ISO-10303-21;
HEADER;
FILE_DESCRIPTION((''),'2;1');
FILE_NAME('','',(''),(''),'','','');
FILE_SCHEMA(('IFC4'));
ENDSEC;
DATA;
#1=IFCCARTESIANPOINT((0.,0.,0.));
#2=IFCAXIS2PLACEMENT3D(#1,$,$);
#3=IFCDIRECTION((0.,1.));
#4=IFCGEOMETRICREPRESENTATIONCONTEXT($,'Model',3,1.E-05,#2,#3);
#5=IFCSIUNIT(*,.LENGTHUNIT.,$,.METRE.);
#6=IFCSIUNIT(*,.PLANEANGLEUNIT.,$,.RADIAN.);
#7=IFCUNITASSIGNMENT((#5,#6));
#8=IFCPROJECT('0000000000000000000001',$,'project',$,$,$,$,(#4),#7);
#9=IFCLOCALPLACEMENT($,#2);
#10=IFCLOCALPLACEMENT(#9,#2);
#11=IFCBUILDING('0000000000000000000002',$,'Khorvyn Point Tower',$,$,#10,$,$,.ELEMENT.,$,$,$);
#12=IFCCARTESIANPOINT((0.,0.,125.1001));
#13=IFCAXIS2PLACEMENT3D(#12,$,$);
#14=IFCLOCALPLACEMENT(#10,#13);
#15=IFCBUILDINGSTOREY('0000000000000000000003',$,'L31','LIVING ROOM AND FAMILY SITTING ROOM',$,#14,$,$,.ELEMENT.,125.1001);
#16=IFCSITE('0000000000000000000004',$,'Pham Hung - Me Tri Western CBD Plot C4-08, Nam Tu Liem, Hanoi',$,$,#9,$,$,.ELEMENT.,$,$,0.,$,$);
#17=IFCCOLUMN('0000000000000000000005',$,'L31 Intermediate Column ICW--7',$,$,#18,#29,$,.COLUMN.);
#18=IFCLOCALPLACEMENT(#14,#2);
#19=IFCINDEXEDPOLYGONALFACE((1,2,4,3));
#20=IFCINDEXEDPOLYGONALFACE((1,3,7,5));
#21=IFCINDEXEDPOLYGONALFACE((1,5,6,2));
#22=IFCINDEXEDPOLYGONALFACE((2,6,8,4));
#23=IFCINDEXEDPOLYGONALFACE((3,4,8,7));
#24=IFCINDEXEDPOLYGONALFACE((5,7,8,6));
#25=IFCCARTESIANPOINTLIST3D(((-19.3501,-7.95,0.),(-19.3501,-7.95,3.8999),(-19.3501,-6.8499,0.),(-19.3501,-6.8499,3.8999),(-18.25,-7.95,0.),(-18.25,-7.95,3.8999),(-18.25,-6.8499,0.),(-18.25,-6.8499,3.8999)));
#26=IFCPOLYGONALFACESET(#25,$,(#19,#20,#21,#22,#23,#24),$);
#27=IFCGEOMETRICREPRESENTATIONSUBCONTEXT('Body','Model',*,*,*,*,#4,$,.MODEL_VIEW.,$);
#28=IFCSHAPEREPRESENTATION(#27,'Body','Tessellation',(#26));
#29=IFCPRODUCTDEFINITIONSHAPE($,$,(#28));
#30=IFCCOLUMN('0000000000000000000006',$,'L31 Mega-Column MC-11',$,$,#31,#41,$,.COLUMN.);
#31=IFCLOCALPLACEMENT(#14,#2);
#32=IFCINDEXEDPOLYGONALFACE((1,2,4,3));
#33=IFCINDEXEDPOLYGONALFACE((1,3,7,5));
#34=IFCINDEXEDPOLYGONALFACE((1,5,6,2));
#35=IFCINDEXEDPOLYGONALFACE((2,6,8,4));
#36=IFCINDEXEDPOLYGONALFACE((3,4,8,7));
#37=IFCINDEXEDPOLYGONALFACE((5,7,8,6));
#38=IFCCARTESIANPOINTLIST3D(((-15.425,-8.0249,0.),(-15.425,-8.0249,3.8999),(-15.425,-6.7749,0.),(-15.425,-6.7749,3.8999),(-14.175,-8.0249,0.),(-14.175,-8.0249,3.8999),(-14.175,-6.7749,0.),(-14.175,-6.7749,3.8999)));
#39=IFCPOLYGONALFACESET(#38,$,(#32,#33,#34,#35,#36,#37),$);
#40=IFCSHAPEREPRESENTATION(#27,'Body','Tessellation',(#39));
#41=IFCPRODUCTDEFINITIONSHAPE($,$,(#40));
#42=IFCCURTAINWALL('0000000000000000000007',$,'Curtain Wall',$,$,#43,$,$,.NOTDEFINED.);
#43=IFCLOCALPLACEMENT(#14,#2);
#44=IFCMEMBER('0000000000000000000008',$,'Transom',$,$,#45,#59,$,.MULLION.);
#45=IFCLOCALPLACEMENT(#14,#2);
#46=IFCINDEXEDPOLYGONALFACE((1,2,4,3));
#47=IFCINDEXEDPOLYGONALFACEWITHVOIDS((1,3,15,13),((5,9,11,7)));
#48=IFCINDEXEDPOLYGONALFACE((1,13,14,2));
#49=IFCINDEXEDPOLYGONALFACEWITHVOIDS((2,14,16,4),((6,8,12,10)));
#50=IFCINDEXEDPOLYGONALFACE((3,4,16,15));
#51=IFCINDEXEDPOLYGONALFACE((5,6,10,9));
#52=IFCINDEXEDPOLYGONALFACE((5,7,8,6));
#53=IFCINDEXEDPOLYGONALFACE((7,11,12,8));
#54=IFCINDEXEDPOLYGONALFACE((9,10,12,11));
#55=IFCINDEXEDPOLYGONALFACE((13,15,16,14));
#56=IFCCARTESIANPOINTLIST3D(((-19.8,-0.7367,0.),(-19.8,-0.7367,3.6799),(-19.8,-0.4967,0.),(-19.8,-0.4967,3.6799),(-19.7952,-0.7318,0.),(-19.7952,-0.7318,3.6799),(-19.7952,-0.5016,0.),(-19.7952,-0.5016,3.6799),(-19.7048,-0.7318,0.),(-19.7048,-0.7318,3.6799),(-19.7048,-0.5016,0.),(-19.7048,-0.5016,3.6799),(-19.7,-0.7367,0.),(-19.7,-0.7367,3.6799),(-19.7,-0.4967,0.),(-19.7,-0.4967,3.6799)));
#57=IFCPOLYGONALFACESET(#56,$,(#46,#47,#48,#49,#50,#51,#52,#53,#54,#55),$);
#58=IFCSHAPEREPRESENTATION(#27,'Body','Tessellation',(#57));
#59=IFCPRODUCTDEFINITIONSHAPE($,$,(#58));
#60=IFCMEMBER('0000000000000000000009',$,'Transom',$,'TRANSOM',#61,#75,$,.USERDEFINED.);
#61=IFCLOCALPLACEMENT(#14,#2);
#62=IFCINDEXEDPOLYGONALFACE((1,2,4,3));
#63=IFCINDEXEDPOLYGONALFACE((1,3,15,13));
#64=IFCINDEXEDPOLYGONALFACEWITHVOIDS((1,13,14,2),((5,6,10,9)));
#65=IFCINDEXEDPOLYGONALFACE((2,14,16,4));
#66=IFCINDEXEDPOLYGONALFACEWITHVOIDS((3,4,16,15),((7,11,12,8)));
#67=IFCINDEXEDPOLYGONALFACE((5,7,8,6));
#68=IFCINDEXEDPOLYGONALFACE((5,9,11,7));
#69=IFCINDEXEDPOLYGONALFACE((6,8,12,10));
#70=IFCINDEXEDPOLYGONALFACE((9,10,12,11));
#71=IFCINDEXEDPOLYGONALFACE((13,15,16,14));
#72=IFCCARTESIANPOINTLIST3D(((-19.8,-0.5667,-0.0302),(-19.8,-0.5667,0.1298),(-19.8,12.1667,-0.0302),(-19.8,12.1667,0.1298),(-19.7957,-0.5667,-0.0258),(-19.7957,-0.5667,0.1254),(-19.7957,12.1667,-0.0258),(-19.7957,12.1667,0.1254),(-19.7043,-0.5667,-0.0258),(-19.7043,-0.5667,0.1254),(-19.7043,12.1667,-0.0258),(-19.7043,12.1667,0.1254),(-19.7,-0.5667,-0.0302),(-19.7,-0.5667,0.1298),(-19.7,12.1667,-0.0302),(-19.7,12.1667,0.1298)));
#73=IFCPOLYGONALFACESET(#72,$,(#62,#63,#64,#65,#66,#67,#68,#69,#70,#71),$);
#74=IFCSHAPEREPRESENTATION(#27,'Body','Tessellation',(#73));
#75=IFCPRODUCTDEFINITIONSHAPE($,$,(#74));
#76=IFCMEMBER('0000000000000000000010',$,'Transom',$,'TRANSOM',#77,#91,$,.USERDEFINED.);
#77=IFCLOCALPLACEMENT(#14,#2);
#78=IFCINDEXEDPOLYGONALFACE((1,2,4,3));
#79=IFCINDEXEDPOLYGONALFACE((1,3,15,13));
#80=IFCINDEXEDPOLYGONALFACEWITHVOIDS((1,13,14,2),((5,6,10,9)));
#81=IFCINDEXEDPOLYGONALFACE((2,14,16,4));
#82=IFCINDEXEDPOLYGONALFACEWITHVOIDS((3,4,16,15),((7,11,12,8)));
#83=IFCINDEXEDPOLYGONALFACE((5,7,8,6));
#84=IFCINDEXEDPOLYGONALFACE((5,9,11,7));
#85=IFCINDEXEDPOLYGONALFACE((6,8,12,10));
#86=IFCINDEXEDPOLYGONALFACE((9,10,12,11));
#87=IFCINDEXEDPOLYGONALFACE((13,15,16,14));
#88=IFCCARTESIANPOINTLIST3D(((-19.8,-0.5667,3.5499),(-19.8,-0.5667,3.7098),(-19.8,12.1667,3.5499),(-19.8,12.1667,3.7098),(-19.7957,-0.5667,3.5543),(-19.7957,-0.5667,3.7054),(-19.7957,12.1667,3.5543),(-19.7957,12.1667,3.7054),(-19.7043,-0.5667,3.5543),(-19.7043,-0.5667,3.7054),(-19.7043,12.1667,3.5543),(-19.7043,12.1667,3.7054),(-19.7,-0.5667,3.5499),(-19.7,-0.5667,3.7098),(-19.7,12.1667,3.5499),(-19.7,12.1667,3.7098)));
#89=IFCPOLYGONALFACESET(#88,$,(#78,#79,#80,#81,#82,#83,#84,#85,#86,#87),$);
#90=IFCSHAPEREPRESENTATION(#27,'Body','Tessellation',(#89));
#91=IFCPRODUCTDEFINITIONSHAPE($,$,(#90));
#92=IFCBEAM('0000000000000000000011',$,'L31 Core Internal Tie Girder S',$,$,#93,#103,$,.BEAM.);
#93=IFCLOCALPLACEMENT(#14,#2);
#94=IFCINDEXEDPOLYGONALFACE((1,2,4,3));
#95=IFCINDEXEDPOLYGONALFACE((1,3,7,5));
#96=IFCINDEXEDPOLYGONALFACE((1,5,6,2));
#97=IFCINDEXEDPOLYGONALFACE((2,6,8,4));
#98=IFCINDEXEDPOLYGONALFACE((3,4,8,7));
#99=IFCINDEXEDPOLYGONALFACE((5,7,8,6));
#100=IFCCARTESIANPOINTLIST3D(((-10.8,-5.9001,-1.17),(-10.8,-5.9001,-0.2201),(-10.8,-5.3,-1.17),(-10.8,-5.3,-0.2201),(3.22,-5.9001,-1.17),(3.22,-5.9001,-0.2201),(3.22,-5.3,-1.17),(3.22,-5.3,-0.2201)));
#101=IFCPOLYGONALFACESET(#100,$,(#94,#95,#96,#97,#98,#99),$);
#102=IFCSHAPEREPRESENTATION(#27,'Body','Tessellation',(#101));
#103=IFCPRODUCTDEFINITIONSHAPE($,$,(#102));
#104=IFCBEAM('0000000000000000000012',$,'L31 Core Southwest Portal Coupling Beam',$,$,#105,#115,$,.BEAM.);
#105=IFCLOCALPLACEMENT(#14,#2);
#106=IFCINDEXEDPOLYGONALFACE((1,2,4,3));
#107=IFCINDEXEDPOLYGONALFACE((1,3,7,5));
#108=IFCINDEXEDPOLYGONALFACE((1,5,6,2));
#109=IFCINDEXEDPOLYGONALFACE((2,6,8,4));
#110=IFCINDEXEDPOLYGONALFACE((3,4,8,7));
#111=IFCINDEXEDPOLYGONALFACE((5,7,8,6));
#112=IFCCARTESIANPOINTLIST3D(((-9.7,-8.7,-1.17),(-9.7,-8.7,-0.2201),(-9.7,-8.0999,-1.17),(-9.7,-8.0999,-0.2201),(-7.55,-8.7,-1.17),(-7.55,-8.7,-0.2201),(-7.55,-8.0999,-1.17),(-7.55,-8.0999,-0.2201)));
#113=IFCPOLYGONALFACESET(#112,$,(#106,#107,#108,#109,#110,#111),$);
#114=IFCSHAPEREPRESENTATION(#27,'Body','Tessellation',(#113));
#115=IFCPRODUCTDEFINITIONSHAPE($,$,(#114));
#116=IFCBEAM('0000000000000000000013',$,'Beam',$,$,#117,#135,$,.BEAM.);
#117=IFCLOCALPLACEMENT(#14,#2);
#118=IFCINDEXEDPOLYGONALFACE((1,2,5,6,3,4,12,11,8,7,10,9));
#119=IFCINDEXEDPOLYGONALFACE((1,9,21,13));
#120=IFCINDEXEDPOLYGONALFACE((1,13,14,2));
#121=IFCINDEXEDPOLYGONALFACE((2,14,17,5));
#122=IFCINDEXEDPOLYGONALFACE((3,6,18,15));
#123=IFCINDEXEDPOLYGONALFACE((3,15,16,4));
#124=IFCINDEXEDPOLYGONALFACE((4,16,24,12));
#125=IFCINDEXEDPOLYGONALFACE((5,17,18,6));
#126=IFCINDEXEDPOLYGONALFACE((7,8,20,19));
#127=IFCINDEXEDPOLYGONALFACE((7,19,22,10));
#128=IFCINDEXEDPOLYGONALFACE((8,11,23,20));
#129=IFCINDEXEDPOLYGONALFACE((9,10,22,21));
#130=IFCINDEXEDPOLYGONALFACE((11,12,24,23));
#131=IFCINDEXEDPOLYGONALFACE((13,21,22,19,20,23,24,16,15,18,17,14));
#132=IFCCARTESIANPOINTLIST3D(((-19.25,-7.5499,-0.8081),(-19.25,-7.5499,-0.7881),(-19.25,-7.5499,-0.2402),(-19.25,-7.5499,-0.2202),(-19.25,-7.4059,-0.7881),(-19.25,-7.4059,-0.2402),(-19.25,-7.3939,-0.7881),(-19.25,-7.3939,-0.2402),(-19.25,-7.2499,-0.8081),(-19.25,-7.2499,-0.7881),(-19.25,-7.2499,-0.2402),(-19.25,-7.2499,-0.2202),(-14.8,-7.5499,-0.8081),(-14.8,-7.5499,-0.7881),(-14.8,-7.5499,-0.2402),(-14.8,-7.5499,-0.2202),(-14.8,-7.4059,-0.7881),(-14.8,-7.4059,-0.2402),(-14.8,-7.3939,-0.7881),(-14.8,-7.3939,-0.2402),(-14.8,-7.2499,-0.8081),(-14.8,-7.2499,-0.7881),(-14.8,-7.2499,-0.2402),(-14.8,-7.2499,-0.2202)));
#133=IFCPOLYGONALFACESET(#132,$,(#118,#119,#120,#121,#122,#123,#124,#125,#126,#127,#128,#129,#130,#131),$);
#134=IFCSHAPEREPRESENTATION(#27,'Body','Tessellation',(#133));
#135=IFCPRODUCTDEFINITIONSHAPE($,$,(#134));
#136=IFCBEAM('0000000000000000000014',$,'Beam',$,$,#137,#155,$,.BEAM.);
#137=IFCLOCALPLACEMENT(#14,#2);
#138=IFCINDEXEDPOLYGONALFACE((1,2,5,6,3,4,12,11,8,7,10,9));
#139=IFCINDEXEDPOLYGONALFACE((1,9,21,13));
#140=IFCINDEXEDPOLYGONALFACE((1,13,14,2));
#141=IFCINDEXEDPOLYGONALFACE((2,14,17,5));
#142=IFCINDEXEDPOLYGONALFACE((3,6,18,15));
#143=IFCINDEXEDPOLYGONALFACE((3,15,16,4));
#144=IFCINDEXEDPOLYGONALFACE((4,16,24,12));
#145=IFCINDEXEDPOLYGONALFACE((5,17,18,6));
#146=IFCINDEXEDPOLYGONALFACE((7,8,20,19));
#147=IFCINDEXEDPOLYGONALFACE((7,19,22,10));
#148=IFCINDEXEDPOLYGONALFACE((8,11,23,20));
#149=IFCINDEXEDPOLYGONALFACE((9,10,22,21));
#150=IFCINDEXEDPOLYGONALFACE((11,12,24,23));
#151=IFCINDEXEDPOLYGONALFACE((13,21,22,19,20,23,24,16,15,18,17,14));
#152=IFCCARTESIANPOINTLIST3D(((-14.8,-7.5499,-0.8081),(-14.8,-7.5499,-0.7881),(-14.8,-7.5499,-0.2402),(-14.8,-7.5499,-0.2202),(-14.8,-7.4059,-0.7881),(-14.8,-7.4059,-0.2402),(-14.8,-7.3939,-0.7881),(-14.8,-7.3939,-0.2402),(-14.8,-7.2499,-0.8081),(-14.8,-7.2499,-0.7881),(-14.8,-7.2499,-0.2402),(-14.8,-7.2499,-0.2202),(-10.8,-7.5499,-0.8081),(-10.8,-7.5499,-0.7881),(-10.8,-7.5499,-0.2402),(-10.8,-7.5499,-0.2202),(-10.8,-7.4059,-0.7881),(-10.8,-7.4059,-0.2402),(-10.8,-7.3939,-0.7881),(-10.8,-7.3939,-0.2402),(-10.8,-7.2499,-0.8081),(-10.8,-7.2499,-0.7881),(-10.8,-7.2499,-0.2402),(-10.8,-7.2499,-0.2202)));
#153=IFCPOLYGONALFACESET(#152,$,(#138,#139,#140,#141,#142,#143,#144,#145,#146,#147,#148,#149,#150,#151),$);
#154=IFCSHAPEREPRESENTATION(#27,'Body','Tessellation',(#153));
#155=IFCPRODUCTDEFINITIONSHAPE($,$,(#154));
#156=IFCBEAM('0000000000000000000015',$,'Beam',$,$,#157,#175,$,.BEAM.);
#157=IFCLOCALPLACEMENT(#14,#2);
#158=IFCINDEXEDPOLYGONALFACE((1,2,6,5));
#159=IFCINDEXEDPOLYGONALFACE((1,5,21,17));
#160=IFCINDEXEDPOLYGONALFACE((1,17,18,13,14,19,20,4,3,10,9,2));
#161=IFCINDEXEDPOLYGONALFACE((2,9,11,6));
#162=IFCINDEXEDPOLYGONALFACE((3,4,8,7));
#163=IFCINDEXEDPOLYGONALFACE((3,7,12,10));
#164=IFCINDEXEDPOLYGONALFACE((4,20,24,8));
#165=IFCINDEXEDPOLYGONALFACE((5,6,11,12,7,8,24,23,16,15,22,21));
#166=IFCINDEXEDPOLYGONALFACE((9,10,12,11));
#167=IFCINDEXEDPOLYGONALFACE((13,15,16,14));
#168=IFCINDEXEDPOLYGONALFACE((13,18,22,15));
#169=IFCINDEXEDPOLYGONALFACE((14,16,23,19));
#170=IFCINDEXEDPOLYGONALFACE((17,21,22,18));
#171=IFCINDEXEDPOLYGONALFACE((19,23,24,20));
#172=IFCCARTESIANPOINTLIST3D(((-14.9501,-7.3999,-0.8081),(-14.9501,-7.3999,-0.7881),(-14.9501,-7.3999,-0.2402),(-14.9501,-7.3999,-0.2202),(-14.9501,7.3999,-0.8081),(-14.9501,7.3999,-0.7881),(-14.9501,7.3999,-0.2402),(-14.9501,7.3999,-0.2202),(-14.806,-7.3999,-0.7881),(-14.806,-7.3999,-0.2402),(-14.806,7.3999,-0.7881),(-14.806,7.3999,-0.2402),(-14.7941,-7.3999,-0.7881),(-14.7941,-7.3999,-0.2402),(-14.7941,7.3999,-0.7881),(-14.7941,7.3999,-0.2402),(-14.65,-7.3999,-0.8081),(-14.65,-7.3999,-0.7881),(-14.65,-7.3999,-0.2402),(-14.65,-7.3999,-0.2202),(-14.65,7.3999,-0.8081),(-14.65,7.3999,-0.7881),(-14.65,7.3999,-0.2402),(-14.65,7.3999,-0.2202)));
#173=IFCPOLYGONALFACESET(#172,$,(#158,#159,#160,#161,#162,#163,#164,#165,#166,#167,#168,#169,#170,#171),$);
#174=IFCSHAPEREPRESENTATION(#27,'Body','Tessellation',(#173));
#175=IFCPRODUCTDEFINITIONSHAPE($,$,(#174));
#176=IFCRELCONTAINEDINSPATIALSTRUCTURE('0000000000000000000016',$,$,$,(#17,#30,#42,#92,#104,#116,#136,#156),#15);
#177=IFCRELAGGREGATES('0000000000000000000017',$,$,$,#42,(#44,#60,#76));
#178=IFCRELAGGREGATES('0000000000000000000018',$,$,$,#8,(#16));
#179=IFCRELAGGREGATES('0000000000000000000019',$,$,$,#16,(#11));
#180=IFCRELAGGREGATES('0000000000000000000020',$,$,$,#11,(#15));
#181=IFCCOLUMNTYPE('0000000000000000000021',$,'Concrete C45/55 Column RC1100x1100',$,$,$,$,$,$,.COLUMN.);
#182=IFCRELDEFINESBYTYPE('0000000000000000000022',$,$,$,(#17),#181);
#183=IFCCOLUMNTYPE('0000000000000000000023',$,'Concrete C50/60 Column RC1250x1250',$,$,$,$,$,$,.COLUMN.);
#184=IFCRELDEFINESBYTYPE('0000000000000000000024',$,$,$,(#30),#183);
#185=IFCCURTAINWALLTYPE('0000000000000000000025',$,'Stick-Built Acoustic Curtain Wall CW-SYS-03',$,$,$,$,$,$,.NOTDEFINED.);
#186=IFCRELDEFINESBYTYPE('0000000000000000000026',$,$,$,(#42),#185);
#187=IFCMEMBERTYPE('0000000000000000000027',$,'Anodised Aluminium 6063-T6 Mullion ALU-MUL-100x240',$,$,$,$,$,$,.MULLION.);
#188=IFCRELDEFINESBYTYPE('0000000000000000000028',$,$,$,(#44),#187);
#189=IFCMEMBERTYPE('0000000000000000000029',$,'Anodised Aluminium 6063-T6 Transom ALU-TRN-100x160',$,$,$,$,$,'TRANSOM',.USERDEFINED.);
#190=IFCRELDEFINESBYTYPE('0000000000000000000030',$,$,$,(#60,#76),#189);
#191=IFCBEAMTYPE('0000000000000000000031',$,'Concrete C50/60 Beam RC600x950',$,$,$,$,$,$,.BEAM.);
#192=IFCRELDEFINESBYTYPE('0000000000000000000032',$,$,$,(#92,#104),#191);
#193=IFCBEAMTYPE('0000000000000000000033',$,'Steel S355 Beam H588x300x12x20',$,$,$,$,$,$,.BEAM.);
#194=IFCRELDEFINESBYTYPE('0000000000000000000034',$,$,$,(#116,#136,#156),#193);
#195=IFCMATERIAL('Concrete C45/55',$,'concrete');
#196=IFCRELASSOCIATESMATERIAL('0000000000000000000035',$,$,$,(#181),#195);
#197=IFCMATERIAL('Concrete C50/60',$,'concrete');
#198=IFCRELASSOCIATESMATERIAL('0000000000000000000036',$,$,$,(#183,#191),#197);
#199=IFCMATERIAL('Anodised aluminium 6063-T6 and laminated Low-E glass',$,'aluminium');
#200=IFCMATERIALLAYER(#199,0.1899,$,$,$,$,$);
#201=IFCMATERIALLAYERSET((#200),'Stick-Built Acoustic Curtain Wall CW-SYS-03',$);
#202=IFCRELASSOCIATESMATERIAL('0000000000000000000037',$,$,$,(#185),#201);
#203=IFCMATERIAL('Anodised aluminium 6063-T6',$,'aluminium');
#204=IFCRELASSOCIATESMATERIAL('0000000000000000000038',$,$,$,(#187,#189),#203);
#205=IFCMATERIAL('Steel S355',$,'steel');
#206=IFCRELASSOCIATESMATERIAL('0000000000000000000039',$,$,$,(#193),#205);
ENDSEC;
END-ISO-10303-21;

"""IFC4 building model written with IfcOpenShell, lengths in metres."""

from ifc_helpers import new_model, si_unit, direction, frame, origin, origin_2d, place, context, subcontext, project, spatial, rectangle, hollow_rectangle, i_section, extrude, material, layer, layer_set, material_profile, profile_set, type_object, element, aggregate, save


model = new_model("IFC4")

# Units and contexts
model_context = context("Model", 3, precision=1e-05, world=origin(), true_north=direction((0.0, 1.0)))
body_context = subcontext(model_context, "Body", "Model", "MODEL_VIEW")
ifc_project = project(units=[si_unit("LENGTHUNIT", "METRE"), si_unit("PLANEANGLEUNIT", "RADIAN")], contexts=[model_context])

# Site, building, storey
site_placement = place(None, origin())
site = spatial("IfcSite", under=ifc_project, at=site_placement, Name="Pham Hung - Me Tri Western CBD Plot C4-08, Nam Tu Liem, Hanoi", CompositionType="ELEMENT", RefElevation=0.0)
building_placement = place(site_placement, origin())
building = spatial("IfcBuilding", under=site, at=building_placement, Name="Khorvyn Point Tower", CompositionType="ELEMENT")
storey_placement = place(building_placement, frame((0.0, 0.0, 125.1001)))
storey = spatial("IfcBuildingStorey", under=building, at=storey_placement, Name="L31", Description="LIVING ROOM AND FAMILY SITTING ROOM", CompositionType="ELEMENT", Elevation=125.1001)

# Columns
ifc_material_1 = material(Name="Concrete C45/55", Category="concrete")
ifc_material_profile_1 = material_profile(ifc_material_1, rectangle(XDim=1.1001, YDim=1.1001, at=origin_2d()))
ifc_profile_set_1 = profile_set([ifc_material_profile_1], Name="Concrete C45/55 RC1100x1100")
column_type_1 = type_object("IfcColumnType", Name="Concrete C45/55 Column RC1100x1100", PredefinedType="COLUMN", material=ifc_profile_set_1)
column_1_placement = place(storey_placement, frame((-18.8, -7.3999, 0.0), z_axis=(0.0, 0.0, 1.0), x_axis=(1.0, 0.0, 0.0)))
element("IfcColumn", 1, at=column_1_placement, inside=storey, type_object=column_type_1, Name="L31 Intermediate Column ICW--7", PredefinedType="COLUMN", context=body_context, shape_type="SweptSolid", body=[
    extrude(rectangle(XDim=1.1001, YDim=1.1001, at=origin_2d()), origin(), (0.0, 0.0, 1.0), 3.8999),
])
ifc_material_2 = material(Name="Concrete C50/60", Category="concrete")
ifc_material_profile_2 = material_profile(ifc_material_2, rectangle(XDim=1.25, YDim=1.25, at=origin_2d()))
ifc_profile_set_2 = profile_set([ifc_material_profile_2], Name="Concrete C50/60 RC1250x1250")
column_type_2 = type_object("IfcColumnType", Name="Concrete C50/60 Column RC1250x1250", PredefinedType="COLUMN", material=ifc_profile_set_2)
column_2_placement = place(storey_placement, frame((-14.8, -7.3999, 0.0), z_axis=(0.0, 0.0, 1.0), x_axis=(1.0, 0.0, 0.0)))
element("IfcColumn", 2, at=column_2_placement, inside=storey, type_object=column_type_2, Name="L31 Mega-Column MC-11", PredefinedType="COLUMN", context=body_context, shape_type="SweptSolid", body=[
    extrude(rectangle(XDim=1.25, YDim=1.25, at=origin_2d()), origin(), (0.0, 0.0, 1.0), 3.8999),
])

# Curtain wall, members
ifc_material_3 = material(Name="Anodised aluminium 6063-T6 and laminated Low-E glass", Category="aluminium")
ifc_layer_1 = layer(ifc_material_3, 0.1899)
ifc_layer_set_1 = layer_set([ifc_layer_1], Name="Stick-Built Acoustic Curtain Wall CW-SYS-03")
curtain_wall_type = type_object("IfcCurtainWallType", Name="Stick-Built Acoustic Curtain Wall CW-SYS-03", PredefinedType="NOTDEFINED", material=ifc_layer_set_1)
curtain_wall_placement = place(storey_placement, origin())
curtain_wall = element("IfcCurtainWall", 3, at=curtain_wall_placement, inside=storey, type_object=curtain_wall_type, Name="Curtain Wall", PredefinedType="NOTDEFINED")
ifc_material_4 = material(Name="Anodised aluminium 6063-T6", Category="aluminium")
ifc_material_profile_3 = material_profile(ifc_material_4, hollow_rectangle(XDim=0.1001, YDim=0.24, WallThickness=0.0049, at=origin_2d()))
ifc_profile_set_3 = profile_set([ifc_material_profile_3], Name="Anodised aluminium 6063-T6 ALU-MUL-100x240")
member_type_1 = type_object("IfcMemberType", Name="Anodised Aluminium 6063-T6 Mullion ALU-MUL-100x240", PredefinedType="MULLION", material=ifc_profile_set_3)
member_1_placement = place(storey_placement, frame((-19.75, -0.6167, 0.0), z_axis=(0.0, 0.0, 1.0), x_axis=(-1.0, 0.0, 0.0)))
member_1 = element("IfcMember", 4, at=member_1_placement, type_object=member_type_1, Name="Transom", PredefinedType="MULLION", context=body_context, shape_type="SweptSolid", body=[
    extrude(hollow_rectangle(XDim=0.1001, YDim=0.24, WallThickness=0.0049, at=origin_2d()), origin(), (0.0, 0.0, 1.0), 3.6799),
])
ifc_material_profile_4 = material_profile(ifc_material_4, hollow_rectangle(XDim=0.1001, YDim=0.1599, WallThickness=0.0044, at=origin_2d()))
ifc_profile_set_4 = profile_set([ifc_material_profile_4], Name="Anodised aluminium 6063-T6 ALU-TRN-100x160")
member_type_2 = type_object("IfcMemberType", Name="Anodised Aluminium 6063-T6 Transom ALU-TRN-100x160", ElementType="TRANSOM", PredefinedType="USERDEFINED", material=ifc_profile_set_4)
member_2_placement = place(storey_placement, frame((-19.75, -0.5667, 0.0498), z_axis=(0.0, 1.0, 0.0), x_axis=(-1.0, 0.0, 0.0)))
member_2 = element("IfcMember", 5, at=member_2_placement, type_object=member_type_2, Name="Transom", ObjectType="TRANSOM", PredefinedType="USERDEFINED", context=body_context, shape_type="SweptSolid", body=[
    extrude(hollow_rectangle(XDim=0.1001, YDim=0.1599, WallThickness=0.0044, at=origin_2d()), origin(), (0.0, 0.0, 1.0), 12.7334),
])
member_3_placement = place(storey_placement, frame((-19.75, -0.5667, 3.6299), z_axis=(0.0, 1.0, 0.0), x_axis=(-1.0, 0.0, 0.0)))
member_3 = element("IfcMember", 6, at=member_3_placement, type_object=member_type_2, Name="Transom", ObjectType="TRANSOM", PredefinedType="USERDEFINED", context=body_context, shape_type="SweptSolid", body=[
    extrude(hollow_rectangle(XDim=0.1001, YDim=0.1599, WallThickness=0.0044, at=origin_2d()), origin(), (0.0, 0.0, 1.0), 12.7334),
])

# Beams
ifc_material_profile_5 = material_profile(ifc_material_2, rectangle(XDim=0.6001, YDim=0.95, at=origin_2d()))
ifc_profile_set_5 = profile_set([ifc_material_profile_5], Name="Concrete C50/60 RC600x950")
beam_type_1 = type_object("IfcBeamType", Name="Concrete C50/60 Beam RC600x950", PredefinedType="BEAM", material=ifc_profile_set_5)
beam_1_placement = place(storey_placement, frame((-10.8, -5.6001, -0.6951), z_axis=(1.0, 0.0, 0.0), x_axis=(0.0, 1.0, 0.0)))
element("IfcBeam", 7, at=beam_1_placement, inside=storey, type_object=beam_type_1, Name="L31 Core Internal Tie Girder S", PredefinedType="BEAM", context=body_context, shape_type="SweptSolid", body=[
    extrude(rectangle(XDim=0.6001, YDim=0.95, at=origin_2d()), origin(), (0.0, 0.0, 1.0), 14.02),
])
beam_2_placement = place(storey_placement, frame((-9.7, -8.3999, -0.6951), z_axis=(1.0, 0.0, 0.0), x_axis=(0.0, 1.0, 0.0)))
element("IfcBeam", 8, at=beam_2_placement, inside=storey, type_object=beam_type_1, Name="L31 Core Southwest Portal Coupling Beam", PredefinedType="BEAM", context=body_context, shape_type="SweptSolid", body=[
    extrude(rectangle(XDim=0.6001, YDim=0.95, at=origin_2d()), origin(), (0.0, 0.0, 1.0), 2.1499),
])
ifc_material_5 = material(Name="Steel S355", Category="steel")
ifc_material_profile_6 = material_profile(ifc_material_5, i_section(OverallWidth=0.3, OverallDepth=0.5879, WebThickness=0.012, FlangeThickness=0.02, at=origin_2d()))
ifc_profile_set_6 = profile_set([ifc_material_profile_6], Name="Steel S355 H588x300x12x20")
beam_type_2 = type_object("IfcBeamType", Name="Steel S355 Beam H588x300x12x20", PredefinedType="BEAM", material=ifc_profile_set_6)
beam_3_placement = place(storey_placement, frame((-19.25, -7.3999, -0.5142), z_axis=(1.0, 0.0, 0.0), x_axis=(0.0, 1.0, 0.0)))
element("IfcBeam", 9, at=beam_3_placement, inside=storey, type_object=beam_type_2, Name="Beam", PredefinedType="BEAM", context=body_context, shape_type="SweptSolid", body=[
    extrude(i_section(OverallWidth=0.3, OverallDepth=0.5879, WebThickness=0.012, FlangeThickness=0.02, at=origin_2d()), origin(), (0.0, 0.0, 1.0), 4.45),
])
beam_4_placement = place(storey_placement, frame((-14.8, -7.3999, -0.5142), z_axis=(1.0, 0.0, 0.0), x_axis=(0.0, 1.0, 0.0)))
element("IfcBeam", 10, at=beam_4_placement, inside=storey, type_object=beam_type_2, Name="Beam", PredefinedType="BEAM", context=body_context, shape_type="SweptSolid", body=[
    extrude(i_section(OverallWidth=0.3, OverallDepth=0.5879, WebThickness=0.012, FlangeThickness=0.02, at=origin_2d()), origin(), (0.0, 0.0, 1.0), 4.0),
])
for number, where, z_axis, x_axis, name in (
    (11, (-14.8, -7.3999, -0.5142), (0.0, 1.0, 0.0), (-1.0, 0.0, 0.0), "Beam"),
):
    element("IfcBeam", number, at=place(storey_placement, frame(where, z_axis=z_axis, x_axis=x_axis)), inside=storey, type_object=beam_type_2, Name=name, PredefinedType="BEAM", context=body_context, shape_type="SweptSolid", body=[
        extrude(i_section(OverallWidth=0.3, OverallDepth=0.5879, WebThickness=0.012, FlangeThickness=0.02, at=origin_2d()), origin(), (0.0, 0.0, 1.0), 14.7998),
    ])

aggregate(curtain_wall, [member_1, member_2, member_3])

save(model, "model.ifc")
